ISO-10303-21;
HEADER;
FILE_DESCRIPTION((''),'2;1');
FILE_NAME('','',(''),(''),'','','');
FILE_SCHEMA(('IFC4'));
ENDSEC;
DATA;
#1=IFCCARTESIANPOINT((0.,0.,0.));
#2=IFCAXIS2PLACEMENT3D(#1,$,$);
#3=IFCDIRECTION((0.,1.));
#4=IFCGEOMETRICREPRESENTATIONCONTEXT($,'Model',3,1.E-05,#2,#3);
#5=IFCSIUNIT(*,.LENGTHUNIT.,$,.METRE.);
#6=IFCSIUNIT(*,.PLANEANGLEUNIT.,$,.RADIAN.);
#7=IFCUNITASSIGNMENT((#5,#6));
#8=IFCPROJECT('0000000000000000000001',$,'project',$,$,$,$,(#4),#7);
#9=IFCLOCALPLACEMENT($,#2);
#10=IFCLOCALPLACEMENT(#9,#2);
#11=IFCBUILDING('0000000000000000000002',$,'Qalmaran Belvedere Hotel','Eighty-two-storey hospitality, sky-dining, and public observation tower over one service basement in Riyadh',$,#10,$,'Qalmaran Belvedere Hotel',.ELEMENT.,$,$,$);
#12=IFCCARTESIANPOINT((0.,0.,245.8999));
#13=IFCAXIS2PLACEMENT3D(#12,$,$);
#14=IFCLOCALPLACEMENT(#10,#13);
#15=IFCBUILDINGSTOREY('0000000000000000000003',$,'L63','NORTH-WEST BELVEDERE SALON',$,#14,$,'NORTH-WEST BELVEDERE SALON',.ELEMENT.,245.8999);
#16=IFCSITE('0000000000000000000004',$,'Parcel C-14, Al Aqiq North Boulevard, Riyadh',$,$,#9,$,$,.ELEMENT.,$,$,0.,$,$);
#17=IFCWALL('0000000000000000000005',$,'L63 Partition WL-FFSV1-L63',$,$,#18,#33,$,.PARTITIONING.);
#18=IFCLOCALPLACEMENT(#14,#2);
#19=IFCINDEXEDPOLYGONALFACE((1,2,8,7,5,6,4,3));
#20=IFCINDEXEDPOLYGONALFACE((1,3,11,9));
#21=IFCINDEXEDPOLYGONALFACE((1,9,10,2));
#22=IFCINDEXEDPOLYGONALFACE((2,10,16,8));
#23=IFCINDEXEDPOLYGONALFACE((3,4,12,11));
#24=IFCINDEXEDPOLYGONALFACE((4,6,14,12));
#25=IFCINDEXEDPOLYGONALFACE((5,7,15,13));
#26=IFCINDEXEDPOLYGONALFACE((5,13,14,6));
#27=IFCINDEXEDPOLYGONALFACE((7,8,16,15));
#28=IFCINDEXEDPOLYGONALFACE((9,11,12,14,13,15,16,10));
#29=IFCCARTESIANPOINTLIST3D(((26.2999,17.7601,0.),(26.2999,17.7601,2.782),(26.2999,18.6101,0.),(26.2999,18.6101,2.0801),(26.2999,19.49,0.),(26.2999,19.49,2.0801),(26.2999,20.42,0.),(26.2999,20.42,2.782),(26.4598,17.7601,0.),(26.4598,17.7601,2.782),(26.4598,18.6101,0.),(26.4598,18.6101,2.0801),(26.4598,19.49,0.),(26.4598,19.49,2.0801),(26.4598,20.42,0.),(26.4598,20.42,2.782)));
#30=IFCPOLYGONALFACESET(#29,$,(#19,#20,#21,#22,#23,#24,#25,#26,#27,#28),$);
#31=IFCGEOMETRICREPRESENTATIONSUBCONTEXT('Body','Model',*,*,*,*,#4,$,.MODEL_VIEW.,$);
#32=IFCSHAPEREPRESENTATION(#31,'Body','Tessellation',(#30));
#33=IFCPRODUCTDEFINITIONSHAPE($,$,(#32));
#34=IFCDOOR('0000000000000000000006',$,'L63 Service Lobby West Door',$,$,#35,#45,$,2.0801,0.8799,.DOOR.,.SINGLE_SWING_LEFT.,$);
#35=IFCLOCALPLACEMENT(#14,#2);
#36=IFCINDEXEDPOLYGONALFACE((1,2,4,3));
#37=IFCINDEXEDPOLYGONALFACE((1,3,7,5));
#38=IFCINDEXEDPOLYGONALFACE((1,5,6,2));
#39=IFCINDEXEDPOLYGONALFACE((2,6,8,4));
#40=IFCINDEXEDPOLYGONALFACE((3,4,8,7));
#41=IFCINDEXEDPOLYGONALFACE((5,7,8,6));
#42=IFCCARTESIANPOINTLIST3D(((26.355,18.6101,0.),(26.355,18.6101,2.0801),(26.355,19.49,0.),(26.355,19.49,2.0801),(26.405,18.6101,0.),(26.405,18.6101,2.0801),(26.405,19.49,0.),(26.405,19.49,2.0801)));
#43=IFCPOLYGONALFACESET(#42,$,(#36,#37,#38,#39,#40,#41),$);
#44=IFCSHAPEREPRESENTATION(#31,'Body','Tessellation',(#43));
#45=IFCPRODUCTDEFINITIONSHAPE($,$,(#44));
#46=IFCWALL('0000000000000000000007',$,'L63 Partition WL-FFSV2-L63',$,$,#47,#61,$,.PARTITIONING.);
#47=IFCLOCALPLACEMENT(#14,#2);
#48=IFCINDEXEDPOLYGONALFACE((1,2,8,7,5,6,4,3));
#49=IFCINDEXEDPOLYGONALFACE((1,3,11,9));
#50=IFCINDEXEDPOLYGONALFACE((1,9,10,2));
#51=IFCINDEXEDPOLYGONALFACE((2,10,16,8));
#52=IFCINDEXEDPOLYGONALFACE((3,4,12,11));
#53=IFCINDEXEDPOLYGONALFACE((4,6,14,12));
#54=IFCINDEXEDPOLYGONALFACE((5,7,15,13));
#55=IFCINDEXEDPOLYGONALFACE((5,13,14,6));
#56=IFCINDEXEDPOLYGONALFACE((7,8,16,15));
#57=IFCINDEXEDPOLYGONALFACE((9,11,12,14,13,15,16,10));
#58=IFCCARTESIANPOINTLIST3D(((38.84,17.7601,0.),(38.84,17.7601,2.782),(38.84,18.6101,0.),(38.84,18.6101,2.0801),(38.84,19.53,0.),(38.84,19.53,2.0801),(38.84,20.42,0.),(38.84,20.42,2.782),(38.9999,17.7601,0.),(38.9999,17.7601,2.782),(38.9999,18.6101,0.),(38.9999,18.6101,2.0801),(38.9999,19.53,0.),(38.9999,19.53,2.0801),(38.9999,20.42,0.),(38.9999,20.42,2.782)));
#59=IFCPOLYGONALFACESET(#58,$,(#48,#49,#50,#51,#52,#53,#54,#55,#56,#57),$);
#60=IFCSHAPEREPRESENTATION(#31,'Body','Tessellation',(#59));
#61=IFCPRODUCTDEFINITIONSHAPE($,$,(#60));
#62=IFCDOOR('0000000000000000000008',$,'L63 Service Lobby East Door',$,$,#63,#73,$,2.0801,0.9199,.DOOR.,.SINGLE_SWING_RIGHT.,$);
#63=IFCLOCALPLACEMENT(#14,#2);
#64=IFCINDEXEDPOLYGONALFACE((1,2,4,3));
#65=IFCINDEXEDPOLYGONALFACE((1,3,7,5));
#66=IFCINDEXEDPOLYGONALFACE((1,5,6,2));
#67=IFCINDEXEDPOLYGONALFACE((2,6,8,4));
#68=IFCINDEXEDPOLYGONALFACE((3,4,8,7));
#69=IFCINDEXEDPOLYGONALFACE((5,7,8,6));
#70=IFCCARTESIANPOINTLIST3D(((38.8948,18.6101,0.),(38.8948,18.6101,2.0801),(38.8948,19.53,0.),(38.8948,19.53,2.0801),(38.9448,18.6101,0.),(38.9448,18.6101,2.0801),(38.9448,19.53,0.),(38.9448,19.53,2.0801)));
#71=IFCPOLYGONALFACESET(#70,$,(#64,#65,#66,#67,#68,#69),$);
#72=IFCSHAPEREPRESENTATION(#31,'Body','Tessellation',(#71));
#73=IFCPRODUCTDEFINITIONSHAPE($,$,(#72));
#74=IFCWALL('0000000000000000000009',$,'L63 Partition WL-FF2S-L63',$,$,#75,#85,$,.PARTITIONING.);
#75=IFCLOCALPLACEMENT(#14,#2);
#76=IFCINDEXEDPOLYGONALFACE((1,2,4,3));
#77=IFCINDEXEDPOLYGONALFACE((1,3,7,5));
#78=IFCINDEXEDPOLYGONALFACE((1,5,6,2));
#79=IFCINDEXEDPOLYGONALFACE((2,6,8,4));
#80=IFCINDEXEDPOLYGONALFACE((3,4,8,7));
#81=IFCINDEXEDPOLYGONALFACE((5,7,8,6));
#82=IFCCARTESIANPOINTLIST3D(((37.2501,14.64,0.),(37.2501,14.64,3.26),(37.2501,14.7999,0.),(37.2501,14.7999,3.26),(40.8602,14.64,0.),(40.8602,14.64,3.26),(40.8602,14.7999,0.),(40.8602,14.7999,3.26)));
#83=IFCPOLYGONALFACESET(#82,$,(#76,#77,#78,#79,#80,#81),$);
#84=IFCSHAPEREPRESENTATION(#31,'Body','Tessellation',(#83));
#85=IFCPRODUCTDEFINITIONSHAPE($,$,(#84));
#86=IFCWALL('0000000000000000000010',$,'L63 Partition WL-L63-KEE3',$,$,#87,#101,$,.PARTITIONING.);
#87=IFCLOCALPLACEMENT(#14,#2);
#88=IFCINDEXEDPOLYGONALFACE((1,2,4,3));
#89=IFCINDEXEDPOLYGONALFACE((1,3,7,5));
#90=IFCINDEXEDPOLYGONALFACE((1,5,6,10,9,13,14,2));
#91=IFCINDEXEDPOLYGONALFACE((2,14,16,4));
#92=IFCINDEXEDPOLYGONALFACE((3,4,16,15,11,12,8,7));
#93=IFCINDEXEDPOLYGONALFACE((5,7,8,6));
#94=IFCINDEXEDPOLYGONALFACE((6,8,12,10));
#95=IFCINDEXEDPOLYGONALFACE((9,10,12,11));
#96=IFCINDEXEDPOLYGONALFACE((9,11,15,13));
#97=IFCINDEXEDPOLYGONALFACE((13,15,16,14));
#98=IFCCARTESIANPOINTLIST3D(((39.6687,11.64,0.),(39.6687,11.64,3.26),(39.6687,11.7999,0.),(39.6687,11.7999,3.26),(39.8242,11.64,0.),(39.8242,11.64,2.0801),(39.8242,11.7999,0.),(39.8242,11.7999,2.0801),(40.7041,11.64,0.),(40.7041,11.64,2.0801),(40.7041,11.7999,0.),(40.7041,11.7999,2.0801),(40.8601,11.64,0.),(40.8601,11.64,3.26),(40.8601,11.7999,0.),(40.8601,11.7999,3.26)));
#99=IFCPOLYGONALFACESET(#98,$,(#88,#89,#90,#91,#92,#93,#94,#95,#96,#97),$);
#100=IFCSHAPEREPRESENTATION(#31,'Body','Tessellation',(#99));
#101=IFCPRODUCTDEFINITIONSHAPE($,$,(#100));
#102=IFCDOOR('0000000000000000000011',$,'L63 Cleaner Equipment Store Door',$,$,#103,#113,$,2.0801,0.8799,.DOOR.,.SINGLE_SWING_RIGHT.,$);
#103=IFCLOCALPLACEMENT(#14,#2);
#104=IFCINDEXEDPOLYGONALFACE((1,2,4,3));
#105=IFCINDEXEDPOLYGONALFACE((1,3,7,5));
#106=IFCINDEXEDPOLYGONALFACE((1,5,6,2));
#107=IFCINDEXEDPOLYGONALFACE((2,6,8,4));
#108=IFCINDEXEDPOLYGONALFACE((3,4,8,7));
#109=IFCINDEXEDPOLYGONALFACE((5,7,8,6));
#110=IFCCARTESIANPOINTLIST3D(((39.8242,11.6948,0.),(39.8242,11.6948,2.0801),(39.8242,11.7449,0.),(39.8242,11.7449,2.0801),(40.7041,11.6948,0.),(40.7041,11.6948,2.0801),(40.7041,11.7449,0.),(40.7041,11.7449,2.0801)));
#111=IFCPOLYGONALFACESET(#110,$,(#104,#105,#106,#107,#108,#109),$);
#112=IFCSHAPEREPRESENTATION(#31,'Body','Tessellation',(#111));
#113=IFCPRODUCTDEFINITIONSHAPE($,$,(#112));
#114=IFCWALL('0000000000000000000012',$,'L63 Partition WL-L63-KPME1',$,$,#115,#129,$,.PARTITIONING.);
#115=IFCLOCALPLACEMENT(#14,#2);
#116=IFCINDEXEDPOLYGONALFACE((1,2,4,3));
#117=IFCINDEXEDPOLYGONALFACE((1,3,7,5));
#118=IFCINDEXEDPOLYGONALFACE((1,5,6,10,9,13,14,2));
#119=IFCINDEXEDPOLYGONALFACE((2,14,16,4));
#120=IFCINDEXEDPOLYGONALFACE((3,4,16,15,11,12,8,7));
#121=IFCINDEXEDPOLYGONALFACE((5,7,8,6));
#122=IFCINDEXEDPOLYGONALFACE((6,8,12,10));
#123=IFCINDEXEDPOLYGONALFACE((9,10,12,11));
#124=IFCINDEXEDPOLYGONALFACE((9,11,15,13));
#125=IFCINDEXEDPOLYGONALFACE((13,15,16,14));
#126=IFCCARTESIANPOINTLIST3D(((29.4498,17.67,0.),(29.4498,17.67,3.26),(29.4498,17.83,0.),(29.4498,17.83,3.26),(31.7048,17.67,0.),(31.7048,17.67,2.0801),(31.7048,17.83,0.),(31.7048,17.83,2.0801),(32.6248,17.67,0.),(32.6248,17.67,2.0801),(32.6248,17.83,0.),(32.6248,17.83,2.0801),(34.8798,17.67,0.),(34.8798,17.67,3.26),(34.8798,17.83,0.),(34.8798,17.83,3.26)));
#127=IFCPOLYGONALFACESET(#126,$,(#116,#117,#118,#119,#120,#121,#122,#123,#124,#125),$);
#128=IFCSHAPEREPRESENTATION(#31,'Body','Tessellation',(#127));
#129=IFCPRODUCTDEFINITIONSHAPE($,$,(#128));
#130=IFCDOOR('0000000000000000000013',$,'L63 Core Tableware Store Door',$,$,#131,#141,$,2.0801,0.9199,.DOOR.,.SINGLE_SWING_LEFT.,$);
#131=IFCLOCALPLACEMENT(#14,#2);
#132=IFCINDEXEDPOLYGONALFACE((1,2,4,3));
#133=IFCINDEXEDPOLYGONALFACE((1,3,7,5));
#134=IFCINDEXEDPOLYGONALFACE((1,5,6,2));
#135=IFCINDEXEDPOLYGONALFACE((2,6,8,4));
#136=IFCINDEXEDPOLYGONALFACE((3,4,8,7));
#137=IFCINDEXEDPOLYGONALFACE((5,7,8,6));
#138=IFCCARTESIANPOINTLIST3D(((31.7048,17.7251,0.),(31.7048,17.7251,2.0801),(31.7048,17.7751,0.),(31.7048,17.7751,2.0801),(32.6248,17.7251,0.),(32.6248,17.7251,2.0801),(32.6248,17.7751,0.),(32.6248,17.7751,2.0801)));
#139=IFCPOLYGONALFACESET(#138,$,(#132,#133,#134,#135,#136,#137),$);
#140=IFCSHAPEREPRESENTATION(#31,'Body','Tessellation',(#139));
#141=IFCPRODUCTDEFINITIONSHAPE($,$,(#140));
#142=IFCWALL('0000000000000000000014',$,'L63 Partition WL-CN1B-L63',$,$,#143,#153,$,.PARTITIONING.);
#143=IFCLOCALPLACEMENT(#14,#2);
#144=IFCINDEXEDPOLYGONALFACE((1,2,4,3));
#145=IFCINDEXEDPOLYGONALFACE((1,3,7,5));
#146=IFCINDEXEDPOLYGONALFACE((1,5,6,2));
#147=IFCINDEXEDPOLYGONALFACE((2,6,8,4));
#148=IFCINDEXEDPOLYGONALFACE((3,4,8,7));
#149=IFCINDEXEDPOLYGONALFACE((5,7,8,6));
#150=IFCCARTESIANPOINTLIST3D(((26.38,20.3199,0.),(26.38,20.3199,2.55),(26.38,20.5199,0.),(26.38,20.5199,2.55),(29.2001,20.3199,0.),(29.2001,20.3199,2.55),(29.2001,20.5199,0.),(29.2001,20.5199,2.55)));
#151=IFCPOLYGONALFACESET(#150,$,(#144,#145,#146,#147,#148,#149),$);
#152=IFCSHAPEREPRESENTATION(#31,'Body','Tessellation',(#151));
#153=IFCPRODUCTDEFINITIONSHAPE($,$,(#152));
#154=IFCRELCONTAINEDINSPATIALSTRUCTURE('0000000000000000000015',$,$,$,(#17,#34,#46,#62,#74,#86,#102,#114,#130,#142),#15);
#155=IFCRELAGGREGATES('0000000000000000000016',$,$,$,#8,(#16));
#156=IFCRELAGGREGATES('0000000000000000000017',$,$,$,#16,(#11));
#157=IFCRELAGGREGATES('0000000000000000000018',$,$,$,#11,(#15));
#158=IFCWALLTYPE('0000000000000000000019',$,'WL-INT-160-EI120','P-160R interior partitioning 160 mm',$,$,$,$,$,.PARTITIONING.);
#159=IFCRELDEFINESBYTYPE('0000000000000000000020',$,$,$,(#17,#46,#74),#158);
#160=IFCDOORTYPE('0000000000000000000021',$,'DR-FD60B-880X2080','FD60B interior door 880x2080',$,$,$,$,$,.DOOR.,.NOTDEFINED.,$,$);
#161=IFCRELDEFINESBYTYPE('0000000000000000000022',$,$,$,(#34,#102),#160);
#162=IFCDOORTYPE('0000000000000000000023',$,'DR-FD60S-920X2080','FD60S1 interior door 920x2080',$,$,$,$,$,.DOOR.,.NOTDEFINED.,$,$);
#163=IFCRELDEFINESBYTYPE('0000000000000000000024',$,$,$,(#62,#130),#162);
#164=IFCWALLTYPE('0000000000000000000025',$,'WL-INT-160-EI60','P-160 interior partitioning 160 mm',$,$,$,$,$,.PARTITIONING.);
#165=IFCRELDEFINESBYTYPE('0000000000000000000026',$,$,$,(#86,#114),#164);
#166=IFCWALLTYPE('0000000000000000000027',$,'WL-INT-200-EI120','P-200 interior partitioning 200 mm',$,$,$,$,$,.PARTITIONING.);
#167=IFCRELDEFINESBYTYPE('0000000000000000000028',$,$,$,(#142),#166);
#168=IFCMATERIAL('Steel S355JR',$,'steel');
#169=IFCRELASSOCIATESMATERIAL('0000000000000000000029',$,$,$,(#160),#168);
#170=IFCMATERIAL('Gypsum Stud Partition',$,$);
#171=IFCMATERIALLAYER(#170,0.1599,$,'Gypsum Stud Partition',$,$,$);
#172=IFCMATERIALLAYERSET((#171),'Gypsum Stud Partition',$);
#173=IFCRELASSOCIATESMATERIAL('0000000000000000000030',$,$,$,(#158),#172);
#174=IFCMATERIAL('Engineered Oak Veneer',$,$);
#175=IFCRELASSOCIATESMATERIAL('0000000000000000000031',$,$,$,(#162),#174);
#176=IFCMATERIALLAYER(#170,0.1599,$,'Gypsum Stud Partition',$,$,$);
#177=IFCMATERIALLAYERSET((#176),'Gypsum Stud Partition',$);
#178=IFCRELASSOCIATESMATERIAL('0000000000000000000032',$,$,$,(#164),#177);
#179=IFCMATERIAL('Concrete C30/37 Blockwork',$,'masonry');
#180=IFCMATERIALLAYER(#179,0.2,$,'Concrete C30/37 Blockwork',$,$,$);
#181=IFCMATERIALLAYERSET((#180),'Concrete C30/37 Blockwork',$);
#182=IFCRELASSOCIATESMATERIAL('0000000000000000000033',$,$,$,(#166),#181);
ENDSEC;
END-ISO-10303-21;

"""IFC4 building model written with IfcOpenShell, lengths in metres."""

from ifc_helpers import new_model, si_unit, direction, frame, frame_2d, origin, place, context, subcontext, project, spatial, rectangle, extrude, material, layer, layer_set, type_object, element, fill, save


model = new_model("IFC4")

# Units and contexts
model_context = context("Model", 3, precision=1e-05, world=origin(), true_north=direction((0.0, 1.0)))
body_context = subcontext(model_context, "Body", "Model", "MODEL_VIEW")
ifc_project = project(units=[si_unit("LENGTHUNIT", "METRE"), si_unit("PLANEANGLEUNIT", "RADIAN")], contexts=[model_context])

# Site, building, storey
site_placement = place(None, origin())
site = spatial("IfcSite", under=ifc_project, at=site_placement, Name="Parcel C-14, Al Aqiq North Boulevard, Riyadh", CompositionType="ELEMENT", RefElevation=0.0)
building_placement = place(site_placement, origin())
building = spatial("IfcBuilding", under=site, at=building_placement, Name="Qalmaran Belvedere Hotel", Description="Eighty-two-storey hospitality, sky-dining, and public observation tower over one service basement in Riyadh", LongName="Qalmaran Belvedere Hotel", CompositionType="ELEMENT")
storey_placement = place(building_placement, frame((0.0, 0.0, 245.8999)))
storey = spatial("IfcBuildingStorey", under=building, at=storey_placement, Name="L63", Description="NORTH-WEST BELVEDERE SALON", LongName="NORTH-WEST BELVEDERE SALON", CompositionType="ELEMENT", Elevation=245.8999)

# Shared definitions
ifc_material_1 = material(Name="Steel S355JR", Category="steel")

# Shared definitions
ifc_material_2 = material(Name="Gypsum Stud Partition")

# Walls, openings, doors
door_type_1 = type_object("IfcDoorType", Name="DR-FD60B-880X2080", Description="FD60B interior door 880x2080", OperationType="NOTDEFINED", PredefinedType="DOOR", material=ifc_material_1)
ifc_layer_1 = layer(ifc_material_2, 0.1599, Name="Gypsum Stud Partition")
ifc_layer_set_1 = layer_set([ifc_layer_1], Name="Gypsum Stud Partition")
wall_type_1 = type_object("IfcWallType", Name="WL-INT-160-EI120", Description="P-160R interior partitioning 160 mm", PredefinedType="PARTITIONING", material=ifc_layer_set_1)
wall_1_placement = place(storey_placement, frame((26.3799, 17.76, 0.0), z_axis=(0.0, 0.0, 1.0), x_axis=(0.0, 1.0, 0.0)))
wall_1 = element("IfcWall", 1, at=wall_1_placement, inside=storey, type_object=wall_type_1, Name="L63 Partition WL-FFSV1-L63", PredefinedType="PARTITIONING", context=body_context, shape_type="SweptSolid", body=[
    extrude(rectangle(XDim=2.6599, YDim=0.1599, at=frame_2d((1.3301, 0.0))), origin(), (0.0, 0.0, 1.0), 2.782),
])
opening_1_placement = place(wall_1_placement, frame((0.8501, 0.0, 0.0)))
opening_1 = element("IfcOpeningElement", 2, at=opening_1_placement, cuts=wall_1, PredefinedType="OPENING", context=body_context, shape_type="SweptSolid", body=[
    extrude(rectangle(XDim=0.8799, YDim=2.0801, at=frame_2d((0.4399, 1.04))), frame((0.0, 0.0898, 0.0), z_axis=(0.0, -1.0, 0.0), x_axis=(1.0, 0.0, 0.0)), (0.0, 0.0, 1.0), 0.1799),
])
door_1_placement = place(opening_1_placement, origin())
door_1 = element("IfcDoor", 3, at=door_1_placement, inside=storey, type_object=door_type_1, Name="L63 Service Lobby West Door", OperationType="SINGLE_SWING_LEFT", OverallHeight=2.0801, OverallWidth=0.8799, PredefinedType="DOOR", context=body_context, shape_type="SweptSolid", body=[
    extrude(rectangle(XDim=0.8799, YDim=2.0801, at=frame_2d((0.4399, 1.04))), frame((0.0, 0.0249, 0.0), z_axis=(0.0, -1.0, 0.0), x_axis=(1.0, 0.0, 0.0)), (0.0, 0.0, 1.0), 0.05),
])
fill(opening_1, door_1)
wall_2_placement = place(storey_placement, frame((38.9199, 17.76, 0.0), z_axis=(0.0, 0.0, 1.0), x_axis=(0.0, 1.0, 0.0)))
wall_2 = element("IfcWall", 4, at=wall_2_placement, inside=storey, type_object=wall_type_1, Name="L63 Partition WL-FFSV2-L63", PredefinedType="PARTITIONING", context=body_context, shape_type="SweptSolid", body=[
    extrude(rectangle(XDim=2.6599, YDim=0.1599, at=frame_2d((1.3301, 0.0))), origin(), (0.0, 0.0, 1.0), 2.782),
])
opening_2_placement = place(wall_2_placement, frame((1.77, 0.0, 0.0), z_axis=(0.0, 0.0, 1.0), x_axis=(-1.0, 0.0, 0.0)))
opening_2 = element("IfcOpeningElement", 5, at=opening_2_placement, cuts=wall_2, PredefinedType="OPENING", context=body_context, shape_type="SweptSolid", body=[
    extrude(rectangle(XDim=0.9199, YDim=2.0801, at=frame_2d((0.46, 1.04))), frame((0.0, 0.0898, 0.0), z_axis=(0.0, -1.0, 0.0), x_axis=(1.0, 0.0, 0.0)), (0.0, 0.0, 1.0), 0.1799),
])
ifc_material_3 = material(Name="Engineered Oak Veneer")
door_type_2 = type_object("IfcDoorType", Name="DR-FD60S-920X2080", Description="FD60S1 interior door 920x2080", OperationType="NOTDEFINED", PredefinedType="DOOR", material=ifc_material_3)
door_2_placement = place(opening_2_placement, origin())
door_2 = element("IfcDoor", 6, at=door_2_placement, inside=storey, type_object=door_type_2, Name="L63 Service Lobby East Door", OperationType="SINGLE_SWING_RIGHT", OverallHeight=2.0801, OverallWidth=0.9199, PredefinedType="DOOR", context=body_context, shape_type="SweptSolid", body=[
    extrude(rectangle(XDim=0.9199, YDim=2.0801, at=frame_2d((0.46, 1.04))), frame((0.0, 0.0249, 0.0), z_axis=(0.0, -1.0, 0.0), x_axis=(1.0, 0.0, 0.0)), (0.0, 0.0, 1.0), 0.05),
])
fill(opening_2, door_2)

# Wall
wall_3_placement = place(storey_placement, frame((37.25, 14.72, 0.0), z_axis=(0.0, 0.0, 1.0), x_axis=(1.0, 0.0, 0.0)))
element("IfcWall", 7, at=wall_3_placement, inside=storey, type_object=wall_type_1, Name="L63 Partition WL-FF2S-L63", PredefinedType="PARTITIONING", context=body_context, shape_type="SweptSolid", body=[
    extrude(rectangle(XDim=3.6101, YDim=0.1599, at=frame_2d((1.8052, 0.0))), origin(), (0.0, 0.0, 1.0), 3.26),
])

# Walls, openings, doors
ifc_layer_2 = layer(ifc_material_2, 0.1599, Name="Gypsum Stud Partition")
ifc_layer_set_2 = layer_set([ifc_layer_2], Name="Gypsum Stud Partition")
wall_type_2 = type_object("IfcWallType", Name="WL-INT-160-EI60", Description="P-160 interior partitioning 160 mm", PredefinedType="PARTITIONING", material=ifc_layer_set_2)
wall_4_placement = place(storey_placement, frame((39.6687, 11.72, 0.0), z_axis=(0.0, 0.0, 1.0), x_axis=(1.0, 0.0, 0.0)))
wall_4 = element("IfcWall", 8, at=wall_4_placement, inside=storey, type_object=wall_type_2, Name="L63 Partition WL-L63-KEE3", PredefinedType="PARTITIONING", context=body_context, shape_type="SweptSolid", body=[
    extrude(rectangle(XDim=1.1914, YDim=0.1599, at=frame_2d((0.5957, 0.0))), origin(), (0.0, 0.0, 1.0), 3.26),
])
opening_3_placement = place(wall_4_placement, frame((0.1555, 0.0, 0.0)))
opening_3 = element("IfcOpeningElement", 9, at=opening_3_placement, cuts=wall_4, PredefinedType="OPENING", context=body_context, shape_type="SweptSolid", body=[
    extrude(rectangle(XDim=0.8799, YDim=2.0801, at=frame_2d((0.4399, 1.04))), frame((0.0, 0.0898, 0.0), z_axis=(0.0, -1.0, 0.0), x_axis=(1.0, 0.0, 0.0)), (0.0, 0.0, 1.0), 0.1799),
])
door_3_placement = place(opening_3_placement, origin())
door_3 = element("IfcDoor", 10, at=door_3_placement, inside=storey, type_object=door_type_1, Name="L63 Cleaner Equipment Store Door", OperationType="SINGLE_SWING_RIGHT", OverallHeight=2.0801, OverallWidth=0.8799, PredefinedType="DOOR", context=body_context, shape_type="SweptSolid", body=[
    extrude(rectangle(XDim=0.8799, YDim=2.0801, at=frame_2d((0.4399, 1.04))), frame((0.0, 0.0249, 0.0), z_axis=(0.0, -1.0, 0.0), x_axis=(1.0, 0.0, 0.0)), (0.0, 0.0, 1.0), 0.05),
])
fill(opening_3, door_3)
wall_5_placement = place(storey_placement, frame((29.45, 17.75, 0.0), z_axis=(0.0, 0.0, 1.0), x_axis=(1.0, 0.0, 0.0)))
wall_5 = element("IfcWall", 11, at=wall_5_placement, inside=storey, type_object=wall_type_2, Name="L63 Partition WL-L63-KPME1", PredefinedType="PARTITIONING", context=body_context, shape_type="SweptSolid", body=[
    extrude(rectangle(XDim=5.4299, YDim=0.1599, at=frame_2d((2.7148, 0.0))), origin(), (0.0, 0.0, 1.0), 3.26),
])
opening_4_placement = place(wall_5_placement, frame((3.1748, 0.0, 0.0), z_axis=(0.0, 0.0, 1.0), x_axis=(-1.0, 0.0, 0.0)))
opening_4 = element("IfcOpeningElement", 12, at=opening_4_placement, cuts=wall_5, PredefinedType="OPENING", context=body_context, shape_type="SweptSolid", body=[
    extrude(rectangle(XDim=0.9199, YDim=2.0801, at=frame_2d((0.46, 1.04))), frame((0.0, 0.0898, 0.0), z_axis=(0.0, -1.0, 0.0), x_axis=(1.0, 0.0, 0.0)), (0.0, 0.0, 1.0), 0.1799),
])
door_4_placement = place(opening_4_placement, origin())
door_4 = element("IfcDoor", 13, at=door_4_placement, inside=storey, type_object=door_type_2, Name="L63 Core Tableware Store Door", OperationType="SINGLE_SWING_LEFT", OverallHeight=2.0801, OverallWidth=0.9199, PredefinedType="DOOR", context=body_context, shape_type="SweptSolid", body=[
    extrude(rectangle(XDim=0.9199, YDim=2.0801, at=frame_2d((0.46, 1.04))), frame((0.0, 0.0249, 0.0), z_axis=(0.0, -1.0, 0.0), x_axis=(1.0, 0.0, 0.0)), (0.0, 0.0, 1.0), 0.05),
])
fill(opening_4, door_4)

# Wall
ifc_material_4 = material(Name="Concrete C30/37 Blockwork", Category="masonry")
ifc_layer_3 = layer(ifc_material_4, 0.2, Name="Concrete C30/37 Blockwork")
ifc_layer_set_3 = layer_set([ifc_layer_3], Name="Concrete C30/37 Blockwork")
wall_type_3 = type_object("IfcWallType", Name="WL-INT-200-EI120", Description="P-200 interior partitioning 200 mm", PredefinedType="PARTITIONING", material=ifc_layer_set_3)
wall_6_placement = place(storey_placement, frame((26.3799, 20.4199, 0.0), z_axis=(0.0, 0.0, 1.0), x_axis=(1.0, 0.0, 0.0)))
element("IfcWall", 14, at=wall_6_placement, inside=storey, type_object=wall_type_3, Name="L63 Partition WL-CN1B-L63", PredefinedType="PARTITIONING", context=body_context, shape_type="SweptSolid", body=[
    extrude(rectangle(XDim=2.8201, YDim=0.2, at=frame_2d((1.4102, 0.0))), origin(), (0.0, 0.0, 1.0), 2.55),
])

save(model, "model.ifc")
